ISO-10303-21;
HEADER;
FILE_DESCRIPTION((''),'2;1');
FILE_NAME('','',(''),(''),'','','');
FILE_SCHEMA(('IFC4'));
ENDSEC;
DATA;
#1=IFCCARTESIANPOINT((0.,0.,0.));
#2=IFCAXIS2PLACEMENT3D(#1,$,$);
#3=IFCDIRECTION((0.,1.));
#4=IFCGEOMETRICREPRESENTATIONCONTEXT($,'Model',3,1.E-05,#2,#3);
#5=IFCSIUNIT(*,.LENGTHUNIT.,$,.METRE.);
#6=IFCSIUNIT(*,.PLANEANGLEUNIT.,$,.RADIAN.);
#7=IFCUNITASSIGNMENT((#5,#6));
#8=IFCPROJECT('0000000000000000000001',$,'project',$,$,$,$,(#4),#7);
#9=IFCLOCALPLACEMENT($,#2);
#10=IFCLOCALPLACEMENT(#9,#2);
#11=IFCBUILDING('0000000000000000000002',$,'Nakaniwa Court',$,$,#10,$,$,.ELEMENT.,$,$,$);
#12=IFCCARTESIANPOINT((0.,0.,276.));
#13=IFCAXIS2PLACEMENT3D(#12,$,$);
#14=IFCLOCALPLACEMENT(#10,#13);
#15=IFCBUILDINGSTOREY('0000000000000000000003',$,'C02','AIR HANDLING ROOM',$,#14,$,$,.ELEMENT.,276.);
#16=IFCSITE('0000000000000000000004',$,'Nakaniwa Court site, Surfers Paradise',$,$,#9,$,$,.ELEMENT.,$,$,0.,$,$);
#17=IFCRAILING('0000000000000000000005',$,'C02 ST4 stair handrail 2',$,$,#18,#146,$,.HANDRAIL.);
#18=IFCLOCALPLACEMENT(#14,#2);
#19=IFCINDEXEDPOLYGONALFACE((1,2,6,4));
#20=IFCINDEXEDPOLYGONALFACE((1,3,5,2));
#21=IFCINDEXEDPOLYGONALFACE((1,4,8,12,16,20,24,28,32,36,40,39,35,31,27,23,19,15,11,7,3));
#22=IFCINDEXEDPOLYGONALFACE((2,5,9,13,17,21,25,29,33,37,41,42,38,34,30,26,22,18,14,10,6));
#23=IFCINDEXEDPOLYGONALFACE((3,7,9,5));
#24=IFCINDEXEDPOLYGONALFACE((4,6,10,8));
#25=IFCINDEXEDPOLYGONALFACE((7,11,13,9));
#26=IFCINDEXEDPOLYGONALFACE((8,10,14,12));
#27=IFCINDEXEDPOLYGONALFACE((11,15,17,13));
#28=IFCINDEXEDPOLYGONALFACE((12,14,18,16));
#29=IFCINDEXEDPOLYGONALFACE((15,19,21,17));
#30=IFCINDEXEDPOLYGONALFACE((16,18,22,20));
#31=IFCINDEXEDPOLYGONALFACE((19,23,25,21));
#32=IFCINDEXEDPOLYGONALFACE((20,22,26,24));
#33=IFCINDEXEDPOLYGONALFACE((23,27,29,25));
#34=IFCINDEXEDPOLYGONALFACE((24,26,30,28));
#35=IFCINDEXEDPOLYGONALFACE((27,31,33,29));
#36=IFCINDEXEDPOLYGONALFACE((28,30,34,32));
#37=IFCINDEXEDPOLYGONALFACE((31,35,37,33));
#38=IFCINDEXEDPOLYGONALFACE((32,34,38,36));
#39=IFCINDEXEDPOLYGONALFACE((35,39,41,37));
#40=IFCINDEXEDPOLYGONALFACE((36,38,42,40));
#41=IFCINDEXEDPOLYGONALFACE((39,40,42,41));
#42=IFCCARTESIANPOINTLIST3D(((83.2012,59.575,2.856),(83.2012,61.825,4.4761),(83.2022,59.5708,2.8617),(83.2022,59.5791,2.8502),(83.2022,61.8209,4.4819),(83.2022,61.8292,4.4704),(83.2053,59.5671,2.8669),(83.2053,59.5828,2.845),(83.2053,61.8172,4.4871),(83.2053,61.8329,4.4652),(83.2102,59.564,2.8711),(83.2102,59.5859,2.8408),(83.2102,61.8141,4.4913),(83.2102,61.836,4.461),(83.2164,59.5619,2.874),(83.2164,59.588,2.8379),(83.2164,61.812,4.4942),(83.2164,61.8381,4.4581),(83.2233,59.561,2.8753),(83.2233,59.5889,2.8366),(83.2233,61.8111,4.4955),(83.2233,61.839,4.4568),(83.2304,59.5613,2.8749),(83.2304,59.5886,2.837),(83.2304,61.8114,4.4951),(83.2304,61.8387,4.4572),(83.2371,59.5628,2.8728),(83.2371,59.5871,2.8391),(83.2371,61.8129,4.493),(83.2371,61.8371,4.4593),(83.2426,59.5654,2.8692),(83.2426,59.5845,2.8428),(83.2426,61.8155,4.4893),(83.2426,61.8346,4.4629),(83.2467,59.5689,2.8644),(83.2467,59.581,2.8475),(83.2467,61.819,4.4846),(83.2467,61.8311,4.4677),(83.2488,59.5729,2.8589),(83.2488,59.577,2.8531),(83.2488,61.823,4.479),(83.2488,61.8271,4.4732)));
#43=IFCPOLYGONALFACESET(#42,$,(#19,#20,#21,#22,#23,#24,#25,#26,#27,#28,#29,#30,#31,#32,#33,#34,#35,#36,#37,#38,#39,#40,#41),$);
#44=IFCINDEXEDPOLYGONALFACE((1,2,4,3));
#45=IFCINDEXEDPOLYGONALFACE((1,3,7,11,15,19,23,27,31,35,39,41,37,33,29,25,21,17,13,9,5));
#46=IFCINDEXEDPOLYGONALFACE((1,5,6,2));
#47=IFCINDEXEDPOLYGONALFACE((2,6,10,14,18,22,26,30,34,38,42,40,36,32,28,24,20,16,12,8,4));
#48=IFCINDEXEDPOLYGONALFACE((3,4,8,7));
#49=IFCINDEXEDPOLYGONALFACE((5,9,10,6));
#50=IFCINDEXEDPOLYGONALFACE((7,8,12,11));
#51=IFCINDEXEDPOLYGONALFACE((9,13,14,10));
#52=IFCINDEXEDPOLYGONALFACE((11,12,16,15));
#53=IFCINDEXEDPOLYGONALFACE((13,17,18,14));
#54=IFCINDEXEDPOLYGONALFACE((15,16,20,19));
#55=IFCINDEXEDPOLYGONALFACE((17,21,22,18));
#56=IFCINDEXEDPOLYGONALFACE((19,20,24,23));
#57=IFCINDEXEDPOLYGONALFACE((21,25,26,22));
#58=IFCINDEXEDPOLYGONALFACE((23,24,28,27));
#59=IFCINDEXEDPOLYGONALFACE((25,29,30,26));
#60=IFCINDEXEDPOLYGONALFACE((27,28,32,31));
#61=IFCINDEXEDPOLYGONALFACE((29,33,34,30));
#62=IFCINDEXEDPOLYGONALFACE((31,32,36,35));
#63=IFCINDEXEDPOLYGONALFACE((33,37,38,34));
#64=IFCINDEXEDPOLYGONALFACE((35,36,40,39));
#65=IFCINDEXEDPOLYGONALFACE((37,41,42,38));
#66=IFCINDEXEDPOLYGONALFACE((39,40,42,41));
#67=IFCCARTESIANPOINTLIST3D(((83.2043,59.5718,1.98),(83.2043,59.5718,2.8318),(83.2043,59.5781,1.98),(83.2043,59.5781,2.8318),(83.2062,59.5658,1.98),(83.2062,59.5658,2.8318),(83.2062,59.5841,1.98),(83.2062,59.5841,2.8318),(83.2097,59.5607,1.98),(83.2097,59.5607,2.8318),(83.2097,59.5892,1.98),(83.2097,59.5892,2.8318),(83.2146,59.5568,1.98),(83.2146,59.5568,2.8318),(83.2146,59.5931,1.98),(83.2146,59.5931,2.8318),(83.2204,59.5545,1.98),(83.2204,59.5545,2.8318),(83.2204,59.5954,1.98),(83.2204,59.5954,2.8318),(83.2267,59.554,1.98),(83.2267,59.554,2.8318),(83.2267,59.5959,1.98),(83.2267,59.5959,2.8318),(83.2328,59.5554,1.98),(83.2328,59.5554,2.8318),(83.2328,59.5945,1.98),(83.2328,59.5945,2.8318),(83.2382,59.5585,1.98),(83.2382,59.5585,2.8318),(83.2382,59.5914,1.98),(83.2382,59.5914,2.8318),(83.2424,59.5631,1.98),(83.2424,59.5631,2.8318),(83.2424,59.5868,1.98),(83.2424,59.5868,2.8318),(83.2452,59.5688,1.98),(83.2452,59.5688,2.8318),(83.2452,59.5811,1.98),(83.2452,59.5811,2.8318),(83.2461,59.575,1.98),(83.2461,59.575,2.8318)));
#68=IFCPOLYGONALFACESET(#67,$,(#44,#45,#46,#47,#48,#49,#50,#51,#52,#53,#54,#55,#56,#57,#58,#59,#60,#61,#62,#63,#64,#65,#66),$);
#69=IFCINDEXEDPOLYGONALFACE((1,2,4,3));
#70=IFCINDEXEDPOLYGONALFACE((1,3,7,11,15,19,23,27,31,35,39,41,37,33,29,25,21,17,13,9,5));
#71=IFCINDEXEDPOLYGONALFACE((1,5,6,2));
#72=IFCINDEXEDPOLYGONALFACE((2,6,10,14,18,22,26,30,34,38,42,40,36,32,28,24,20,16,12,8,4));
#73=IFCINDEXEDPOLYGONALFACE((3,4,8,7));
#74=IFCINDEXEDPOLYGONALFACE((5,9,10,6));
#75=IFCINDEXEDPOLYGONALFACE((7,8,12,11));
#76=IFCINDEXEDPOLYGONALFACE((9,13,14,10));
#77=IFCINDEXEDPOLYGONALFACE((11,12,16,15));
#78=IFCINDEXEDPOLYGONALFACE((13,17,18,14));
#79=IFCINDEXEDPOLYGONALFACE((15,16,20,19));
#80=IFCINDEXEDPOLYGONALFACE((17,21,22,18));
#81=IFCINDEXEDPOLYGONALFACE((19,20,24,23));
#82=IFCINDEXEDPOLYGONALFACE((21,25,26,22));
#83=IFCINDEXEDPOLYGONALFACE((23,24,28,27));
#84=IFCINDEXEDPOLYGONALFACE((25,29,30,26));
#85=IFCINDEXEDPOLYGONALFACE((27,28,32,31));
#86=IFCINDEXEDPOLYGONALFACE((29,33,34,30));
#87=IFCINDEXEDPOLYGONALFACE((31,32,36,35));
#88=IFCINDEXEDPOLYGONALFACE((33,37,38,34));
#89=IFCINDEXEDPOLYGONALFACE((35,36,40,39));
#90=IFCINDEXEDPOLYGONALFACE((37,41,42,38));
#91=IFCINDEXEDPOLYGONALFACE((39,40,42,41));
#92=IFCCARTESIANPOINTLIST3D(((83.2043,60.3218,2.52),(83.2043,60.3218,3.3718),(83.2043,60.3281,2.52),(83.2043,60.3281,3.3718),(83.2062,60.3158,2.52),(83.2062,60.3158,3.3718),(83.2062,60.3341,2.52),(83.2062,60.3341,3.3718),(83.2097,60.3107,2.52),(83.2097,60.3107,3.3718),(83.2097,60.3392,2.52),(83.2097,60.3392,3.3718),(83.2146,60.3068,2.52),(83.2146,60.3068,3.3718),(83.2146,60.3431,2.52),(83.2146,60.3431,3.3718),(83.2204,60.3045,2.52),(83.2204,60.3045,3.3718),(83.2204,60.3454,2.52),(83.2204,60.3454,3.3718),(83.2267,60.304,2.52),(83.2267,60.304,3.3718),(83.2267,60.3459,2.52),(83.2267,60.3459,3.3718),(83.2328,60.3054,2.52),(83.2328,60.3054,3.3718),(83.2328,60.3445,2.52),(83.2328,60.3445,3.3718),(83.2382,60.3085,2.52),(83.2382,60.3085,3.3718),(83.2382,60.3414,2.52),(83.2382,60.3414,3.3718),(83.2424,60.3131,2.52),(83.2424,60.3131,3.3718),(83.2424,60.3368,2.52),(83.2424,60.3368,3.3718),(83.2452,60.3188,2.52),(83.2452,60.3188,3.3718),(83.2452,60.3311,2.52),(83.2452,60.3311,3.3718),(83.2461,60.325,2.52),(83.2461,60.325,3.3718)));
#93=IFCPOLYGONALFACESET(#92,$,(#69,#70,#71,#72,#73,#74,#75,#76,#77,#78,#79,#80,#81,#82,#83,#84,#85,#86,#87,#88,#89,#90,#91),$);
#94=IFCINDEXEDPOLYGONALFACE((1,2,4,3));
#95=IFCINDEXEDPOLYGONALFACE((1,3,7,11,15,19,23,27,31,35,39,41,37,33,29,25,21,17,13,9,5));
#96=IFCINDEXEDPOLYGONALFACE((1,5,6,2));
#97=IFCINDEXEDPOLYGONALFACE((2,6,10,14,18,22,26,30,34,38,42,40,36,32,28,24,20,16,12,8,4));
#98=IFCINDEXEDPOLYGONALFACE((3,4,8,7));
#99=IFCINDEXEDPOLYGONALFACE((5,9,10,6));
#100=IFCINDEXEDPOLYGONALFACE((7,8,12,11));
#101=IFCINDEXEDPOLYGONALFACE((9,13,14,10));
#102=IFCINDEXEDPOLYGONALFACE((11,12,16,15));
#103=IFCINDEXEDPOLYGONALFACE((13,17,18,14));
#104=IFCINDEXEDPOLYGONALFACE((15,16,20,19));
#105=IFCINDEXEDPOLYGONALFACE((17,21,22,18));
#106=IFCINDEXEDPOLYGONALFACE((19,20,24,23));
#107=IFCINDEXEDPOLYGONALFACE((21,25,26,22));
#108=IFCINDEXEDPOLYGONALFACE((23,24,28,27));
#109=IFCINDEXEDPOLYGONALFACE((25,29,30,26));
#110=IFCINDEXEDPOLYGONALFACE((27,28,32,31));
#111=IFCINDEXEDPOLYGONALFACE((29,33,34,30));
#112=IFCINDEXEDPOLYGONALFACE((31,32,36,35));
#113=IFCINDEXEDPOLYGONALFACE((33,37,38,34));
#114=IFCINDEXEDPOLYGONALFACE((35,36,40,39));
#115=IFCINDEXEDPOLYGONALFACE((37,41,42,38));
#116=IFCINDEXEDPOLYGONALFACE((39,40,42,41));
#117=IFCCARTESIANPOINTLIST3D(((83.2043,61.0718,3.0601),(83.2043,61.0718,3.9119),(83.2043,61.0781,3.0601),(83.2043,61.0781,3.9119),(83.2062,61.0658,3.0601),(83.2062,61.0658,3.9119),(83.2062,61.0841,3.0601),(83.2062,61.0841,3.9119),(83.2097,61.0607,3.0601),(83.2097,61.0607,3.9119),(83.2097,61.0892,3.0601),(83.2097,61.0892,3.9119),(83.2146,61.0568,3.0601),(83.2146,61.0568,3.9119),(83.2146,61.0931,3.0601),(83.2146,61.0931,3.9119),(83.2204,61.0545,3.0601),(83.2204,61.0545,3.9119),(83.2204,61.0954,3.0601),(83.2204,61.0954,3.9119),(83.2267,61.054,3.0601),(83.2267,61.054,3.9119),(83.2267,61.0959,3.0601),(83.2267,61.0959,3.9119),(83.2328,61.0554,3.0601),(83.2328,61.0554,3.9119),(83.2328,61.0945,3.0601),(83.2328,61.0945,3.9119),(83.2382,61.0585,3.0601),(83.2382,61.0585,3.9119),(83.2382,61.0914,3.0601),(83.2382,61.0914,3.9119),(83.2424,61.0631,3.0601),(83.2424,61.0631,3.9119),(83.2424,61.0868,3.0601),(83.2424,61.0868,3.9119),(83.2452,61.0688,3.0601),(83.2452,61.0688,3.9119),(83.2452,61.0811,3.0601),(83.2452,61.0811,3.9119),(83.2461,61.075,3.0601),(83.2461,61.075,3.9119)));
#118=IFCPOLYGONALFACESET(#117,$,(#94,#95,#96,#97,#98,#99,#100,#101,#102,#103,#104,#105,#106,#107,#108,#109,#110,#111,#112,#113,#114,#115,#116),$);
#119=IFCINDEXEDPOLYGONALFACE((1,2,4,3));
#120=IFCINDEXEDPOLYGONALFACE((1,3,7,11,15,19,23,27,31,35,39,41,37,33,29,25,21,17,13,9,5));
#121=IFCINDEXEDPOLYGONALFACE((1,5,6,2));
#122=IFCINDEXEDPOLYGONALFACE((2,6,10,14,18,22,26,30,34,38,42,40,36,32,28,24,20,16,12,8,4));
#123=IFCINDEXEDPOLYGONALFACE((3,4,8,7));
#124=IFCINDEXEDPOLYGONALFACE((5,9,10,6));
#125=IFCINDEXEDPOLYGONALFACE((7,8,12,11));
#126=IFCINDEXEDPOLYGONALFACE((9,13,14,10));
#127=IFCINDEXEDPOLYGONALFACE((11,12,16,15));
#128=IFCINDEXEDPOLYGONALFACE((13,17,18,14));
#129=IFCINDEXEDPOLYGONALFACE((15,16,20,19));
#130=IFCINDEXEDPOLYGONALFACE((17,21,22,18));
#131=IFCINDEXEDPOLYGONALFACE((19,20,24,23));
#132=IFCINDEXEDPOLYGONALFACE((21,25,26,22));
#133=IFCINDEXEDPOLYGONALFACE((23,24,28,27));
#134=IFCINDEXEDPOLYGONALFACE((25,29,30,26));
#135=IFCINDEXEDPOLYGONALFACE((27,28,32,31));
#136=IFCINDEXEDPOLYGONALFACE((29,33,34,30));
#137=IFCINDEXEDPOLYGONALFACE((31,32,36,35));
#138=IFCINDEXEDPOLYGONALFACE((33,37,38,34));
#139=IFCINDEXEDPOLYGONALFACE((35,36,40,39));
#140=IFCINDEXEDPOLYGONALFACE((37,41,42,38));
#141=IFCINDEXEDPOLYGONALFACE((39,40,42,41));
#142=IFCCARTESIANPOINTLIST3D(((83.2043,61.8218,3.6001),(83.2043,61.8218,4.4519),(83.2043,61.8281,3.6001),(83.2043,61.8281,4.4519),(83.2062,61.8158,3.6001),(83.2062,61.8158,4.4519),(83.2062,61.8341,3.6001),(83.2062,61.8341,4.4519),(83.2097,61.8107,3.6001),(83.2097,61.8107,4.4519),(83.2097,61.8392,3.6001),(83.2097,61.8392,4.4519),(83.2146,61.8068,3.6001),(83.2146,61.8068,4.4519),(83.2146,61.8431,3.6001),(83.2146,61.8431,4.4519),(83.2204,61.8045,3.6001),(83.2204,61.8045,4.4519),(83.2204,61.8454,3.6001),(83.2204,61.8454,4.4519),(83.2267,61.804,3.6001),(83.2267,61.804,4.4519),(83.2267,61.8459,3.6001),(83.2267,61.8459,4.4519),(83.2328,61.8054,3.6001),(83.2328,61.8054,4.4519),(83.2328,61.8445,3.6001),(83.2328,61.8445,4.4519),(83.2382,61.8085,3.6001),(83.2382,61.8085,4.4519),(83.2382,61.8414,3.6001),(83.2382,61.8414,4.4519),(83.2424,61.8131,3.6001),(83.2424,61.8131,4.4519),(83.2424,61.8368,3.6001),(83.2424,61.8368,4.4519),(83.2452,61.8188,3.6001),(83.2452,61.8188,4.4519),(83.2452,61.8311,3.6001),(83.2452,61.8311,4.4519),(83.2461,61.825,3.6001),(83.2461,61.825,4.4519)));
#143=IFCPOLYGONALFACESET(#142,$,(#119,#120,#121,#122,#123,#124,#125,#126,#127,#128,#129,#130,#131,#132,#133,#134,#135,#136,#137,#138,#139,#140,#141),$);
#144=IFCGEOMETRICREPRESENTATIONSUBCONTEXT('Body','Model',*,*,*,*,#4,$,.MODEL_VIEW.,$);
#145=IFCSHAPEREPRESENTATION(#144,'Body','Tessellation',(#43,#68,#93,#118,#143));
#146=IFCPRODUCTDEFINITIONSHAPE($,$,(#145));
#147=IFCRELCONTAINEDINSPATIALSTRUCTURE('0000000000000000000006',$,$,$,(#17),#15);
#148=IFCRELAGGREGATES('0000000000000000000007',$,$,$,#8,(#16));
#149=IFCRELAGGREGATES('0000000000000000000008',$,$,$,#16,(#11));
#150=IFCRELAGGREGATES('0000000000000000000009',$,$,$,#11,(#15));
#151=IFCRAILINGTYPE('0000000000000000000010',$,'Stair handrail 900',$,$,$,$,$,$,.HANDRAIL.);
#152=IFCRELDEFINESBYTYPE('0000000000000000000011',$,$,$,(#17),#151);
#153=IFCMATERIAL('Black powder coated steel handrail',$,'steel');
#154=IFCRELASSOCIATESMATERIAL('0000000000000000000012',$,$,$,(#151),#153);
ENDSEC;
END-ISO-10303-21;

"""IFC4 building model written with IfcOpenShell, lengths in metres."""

from ifc_helpers import new_model, si_unit, direction, frame, origin, origin_2d, place, context, subcontext, project, spatial, circle, extrude, material, type_object, element, save


model = new_model("IFC4")

# Units and contexts
model_context = context("Model", 3, precision=1e-05, world=origin(), true_north=direction((0.0, 1.0)))
body_context = subcontext(model_context, "Body", "Model", "MODEL_VIEW")
ifc_project = project(units=[si_unit("LENGTHUNIT", "METRE"), si_unit("PLANEANGLEUNIT", "RADIAN")], contexts=[model_context])

# Site, building, storey
site_placement = place(None, origin())
site = spatial("IfcSite", under=ifc_project, at=site_placement, Name="Nakaniwa Court site, Surfers Paradise", CompositionType="ELEMENT", RefElevation=0.0)
building_placement = place(site_placement, origin())
building = spatial("IfcBuilding", under=site, at=building_placement, Name="Nakaniwa Court", CompositionType="ELEMENT")
storey_placement = place(building_placement, frame((0.0, 0.0, 276.0)))
storey = spatial("IfcBuildingStorey", under=building, at=storey_placement, Name="C02", Description="AIR HANDLING ROOM", CompositionType="ELEMENT", Elevation=276.0)

# Railing
ifc_material_1 = material(Name="Black powder coated steel handrail", Category="steel")
railing_type_1 = type_object("IfcRailingType", Name="Stair handrail 900", PredefinedType="HANDRAIL", material=ifc_material_1)
railing_1_placement = place(storey_placement, frame((83.2251, 59.575, 1.98)))
element("IfcRailing", 1, at=railing_1_placement, inside=storey, type_object=railing_type_1, Name="C02 ST4 stair handrail 2", PredefinedType="HANDRAIL", context=body_context, shape_type="SweptSolid", body=[
    extrude(circle(Radius=0.0239, at=origin_2d()), frame((0.0, 0.0, 0.876), z_axis=(0.0, 0.811514, 0.584333), x_axis=(-1.0, 0.0, 0.0)), (0.0, 0.0, 1.0), 2.7727),
    extrude(circle(Radius=0.021, at=origin_2d()), origin(), (0.0, 0.0, 1.0), 0.8518),
    extrude(circle(Radius=0.021, at=origin_2d()), frame((0.0, 0.75, 0.54)), (0.0, 0.0, 1.0), 0.8518),
    extrude(circle(Radius=0.021, at=origin_2d()), frame((0.0, 1.5, 1.0801)), (0.0, 0.0, 1.0), 0.8518),
    extrude(circle(Radius=0.021, at=origin_2d()), frame((0.0, 2.25, 1.6201)), (0.0, 0.0, 1.0), 0.8518),
])

save(model, "model.ifc")
